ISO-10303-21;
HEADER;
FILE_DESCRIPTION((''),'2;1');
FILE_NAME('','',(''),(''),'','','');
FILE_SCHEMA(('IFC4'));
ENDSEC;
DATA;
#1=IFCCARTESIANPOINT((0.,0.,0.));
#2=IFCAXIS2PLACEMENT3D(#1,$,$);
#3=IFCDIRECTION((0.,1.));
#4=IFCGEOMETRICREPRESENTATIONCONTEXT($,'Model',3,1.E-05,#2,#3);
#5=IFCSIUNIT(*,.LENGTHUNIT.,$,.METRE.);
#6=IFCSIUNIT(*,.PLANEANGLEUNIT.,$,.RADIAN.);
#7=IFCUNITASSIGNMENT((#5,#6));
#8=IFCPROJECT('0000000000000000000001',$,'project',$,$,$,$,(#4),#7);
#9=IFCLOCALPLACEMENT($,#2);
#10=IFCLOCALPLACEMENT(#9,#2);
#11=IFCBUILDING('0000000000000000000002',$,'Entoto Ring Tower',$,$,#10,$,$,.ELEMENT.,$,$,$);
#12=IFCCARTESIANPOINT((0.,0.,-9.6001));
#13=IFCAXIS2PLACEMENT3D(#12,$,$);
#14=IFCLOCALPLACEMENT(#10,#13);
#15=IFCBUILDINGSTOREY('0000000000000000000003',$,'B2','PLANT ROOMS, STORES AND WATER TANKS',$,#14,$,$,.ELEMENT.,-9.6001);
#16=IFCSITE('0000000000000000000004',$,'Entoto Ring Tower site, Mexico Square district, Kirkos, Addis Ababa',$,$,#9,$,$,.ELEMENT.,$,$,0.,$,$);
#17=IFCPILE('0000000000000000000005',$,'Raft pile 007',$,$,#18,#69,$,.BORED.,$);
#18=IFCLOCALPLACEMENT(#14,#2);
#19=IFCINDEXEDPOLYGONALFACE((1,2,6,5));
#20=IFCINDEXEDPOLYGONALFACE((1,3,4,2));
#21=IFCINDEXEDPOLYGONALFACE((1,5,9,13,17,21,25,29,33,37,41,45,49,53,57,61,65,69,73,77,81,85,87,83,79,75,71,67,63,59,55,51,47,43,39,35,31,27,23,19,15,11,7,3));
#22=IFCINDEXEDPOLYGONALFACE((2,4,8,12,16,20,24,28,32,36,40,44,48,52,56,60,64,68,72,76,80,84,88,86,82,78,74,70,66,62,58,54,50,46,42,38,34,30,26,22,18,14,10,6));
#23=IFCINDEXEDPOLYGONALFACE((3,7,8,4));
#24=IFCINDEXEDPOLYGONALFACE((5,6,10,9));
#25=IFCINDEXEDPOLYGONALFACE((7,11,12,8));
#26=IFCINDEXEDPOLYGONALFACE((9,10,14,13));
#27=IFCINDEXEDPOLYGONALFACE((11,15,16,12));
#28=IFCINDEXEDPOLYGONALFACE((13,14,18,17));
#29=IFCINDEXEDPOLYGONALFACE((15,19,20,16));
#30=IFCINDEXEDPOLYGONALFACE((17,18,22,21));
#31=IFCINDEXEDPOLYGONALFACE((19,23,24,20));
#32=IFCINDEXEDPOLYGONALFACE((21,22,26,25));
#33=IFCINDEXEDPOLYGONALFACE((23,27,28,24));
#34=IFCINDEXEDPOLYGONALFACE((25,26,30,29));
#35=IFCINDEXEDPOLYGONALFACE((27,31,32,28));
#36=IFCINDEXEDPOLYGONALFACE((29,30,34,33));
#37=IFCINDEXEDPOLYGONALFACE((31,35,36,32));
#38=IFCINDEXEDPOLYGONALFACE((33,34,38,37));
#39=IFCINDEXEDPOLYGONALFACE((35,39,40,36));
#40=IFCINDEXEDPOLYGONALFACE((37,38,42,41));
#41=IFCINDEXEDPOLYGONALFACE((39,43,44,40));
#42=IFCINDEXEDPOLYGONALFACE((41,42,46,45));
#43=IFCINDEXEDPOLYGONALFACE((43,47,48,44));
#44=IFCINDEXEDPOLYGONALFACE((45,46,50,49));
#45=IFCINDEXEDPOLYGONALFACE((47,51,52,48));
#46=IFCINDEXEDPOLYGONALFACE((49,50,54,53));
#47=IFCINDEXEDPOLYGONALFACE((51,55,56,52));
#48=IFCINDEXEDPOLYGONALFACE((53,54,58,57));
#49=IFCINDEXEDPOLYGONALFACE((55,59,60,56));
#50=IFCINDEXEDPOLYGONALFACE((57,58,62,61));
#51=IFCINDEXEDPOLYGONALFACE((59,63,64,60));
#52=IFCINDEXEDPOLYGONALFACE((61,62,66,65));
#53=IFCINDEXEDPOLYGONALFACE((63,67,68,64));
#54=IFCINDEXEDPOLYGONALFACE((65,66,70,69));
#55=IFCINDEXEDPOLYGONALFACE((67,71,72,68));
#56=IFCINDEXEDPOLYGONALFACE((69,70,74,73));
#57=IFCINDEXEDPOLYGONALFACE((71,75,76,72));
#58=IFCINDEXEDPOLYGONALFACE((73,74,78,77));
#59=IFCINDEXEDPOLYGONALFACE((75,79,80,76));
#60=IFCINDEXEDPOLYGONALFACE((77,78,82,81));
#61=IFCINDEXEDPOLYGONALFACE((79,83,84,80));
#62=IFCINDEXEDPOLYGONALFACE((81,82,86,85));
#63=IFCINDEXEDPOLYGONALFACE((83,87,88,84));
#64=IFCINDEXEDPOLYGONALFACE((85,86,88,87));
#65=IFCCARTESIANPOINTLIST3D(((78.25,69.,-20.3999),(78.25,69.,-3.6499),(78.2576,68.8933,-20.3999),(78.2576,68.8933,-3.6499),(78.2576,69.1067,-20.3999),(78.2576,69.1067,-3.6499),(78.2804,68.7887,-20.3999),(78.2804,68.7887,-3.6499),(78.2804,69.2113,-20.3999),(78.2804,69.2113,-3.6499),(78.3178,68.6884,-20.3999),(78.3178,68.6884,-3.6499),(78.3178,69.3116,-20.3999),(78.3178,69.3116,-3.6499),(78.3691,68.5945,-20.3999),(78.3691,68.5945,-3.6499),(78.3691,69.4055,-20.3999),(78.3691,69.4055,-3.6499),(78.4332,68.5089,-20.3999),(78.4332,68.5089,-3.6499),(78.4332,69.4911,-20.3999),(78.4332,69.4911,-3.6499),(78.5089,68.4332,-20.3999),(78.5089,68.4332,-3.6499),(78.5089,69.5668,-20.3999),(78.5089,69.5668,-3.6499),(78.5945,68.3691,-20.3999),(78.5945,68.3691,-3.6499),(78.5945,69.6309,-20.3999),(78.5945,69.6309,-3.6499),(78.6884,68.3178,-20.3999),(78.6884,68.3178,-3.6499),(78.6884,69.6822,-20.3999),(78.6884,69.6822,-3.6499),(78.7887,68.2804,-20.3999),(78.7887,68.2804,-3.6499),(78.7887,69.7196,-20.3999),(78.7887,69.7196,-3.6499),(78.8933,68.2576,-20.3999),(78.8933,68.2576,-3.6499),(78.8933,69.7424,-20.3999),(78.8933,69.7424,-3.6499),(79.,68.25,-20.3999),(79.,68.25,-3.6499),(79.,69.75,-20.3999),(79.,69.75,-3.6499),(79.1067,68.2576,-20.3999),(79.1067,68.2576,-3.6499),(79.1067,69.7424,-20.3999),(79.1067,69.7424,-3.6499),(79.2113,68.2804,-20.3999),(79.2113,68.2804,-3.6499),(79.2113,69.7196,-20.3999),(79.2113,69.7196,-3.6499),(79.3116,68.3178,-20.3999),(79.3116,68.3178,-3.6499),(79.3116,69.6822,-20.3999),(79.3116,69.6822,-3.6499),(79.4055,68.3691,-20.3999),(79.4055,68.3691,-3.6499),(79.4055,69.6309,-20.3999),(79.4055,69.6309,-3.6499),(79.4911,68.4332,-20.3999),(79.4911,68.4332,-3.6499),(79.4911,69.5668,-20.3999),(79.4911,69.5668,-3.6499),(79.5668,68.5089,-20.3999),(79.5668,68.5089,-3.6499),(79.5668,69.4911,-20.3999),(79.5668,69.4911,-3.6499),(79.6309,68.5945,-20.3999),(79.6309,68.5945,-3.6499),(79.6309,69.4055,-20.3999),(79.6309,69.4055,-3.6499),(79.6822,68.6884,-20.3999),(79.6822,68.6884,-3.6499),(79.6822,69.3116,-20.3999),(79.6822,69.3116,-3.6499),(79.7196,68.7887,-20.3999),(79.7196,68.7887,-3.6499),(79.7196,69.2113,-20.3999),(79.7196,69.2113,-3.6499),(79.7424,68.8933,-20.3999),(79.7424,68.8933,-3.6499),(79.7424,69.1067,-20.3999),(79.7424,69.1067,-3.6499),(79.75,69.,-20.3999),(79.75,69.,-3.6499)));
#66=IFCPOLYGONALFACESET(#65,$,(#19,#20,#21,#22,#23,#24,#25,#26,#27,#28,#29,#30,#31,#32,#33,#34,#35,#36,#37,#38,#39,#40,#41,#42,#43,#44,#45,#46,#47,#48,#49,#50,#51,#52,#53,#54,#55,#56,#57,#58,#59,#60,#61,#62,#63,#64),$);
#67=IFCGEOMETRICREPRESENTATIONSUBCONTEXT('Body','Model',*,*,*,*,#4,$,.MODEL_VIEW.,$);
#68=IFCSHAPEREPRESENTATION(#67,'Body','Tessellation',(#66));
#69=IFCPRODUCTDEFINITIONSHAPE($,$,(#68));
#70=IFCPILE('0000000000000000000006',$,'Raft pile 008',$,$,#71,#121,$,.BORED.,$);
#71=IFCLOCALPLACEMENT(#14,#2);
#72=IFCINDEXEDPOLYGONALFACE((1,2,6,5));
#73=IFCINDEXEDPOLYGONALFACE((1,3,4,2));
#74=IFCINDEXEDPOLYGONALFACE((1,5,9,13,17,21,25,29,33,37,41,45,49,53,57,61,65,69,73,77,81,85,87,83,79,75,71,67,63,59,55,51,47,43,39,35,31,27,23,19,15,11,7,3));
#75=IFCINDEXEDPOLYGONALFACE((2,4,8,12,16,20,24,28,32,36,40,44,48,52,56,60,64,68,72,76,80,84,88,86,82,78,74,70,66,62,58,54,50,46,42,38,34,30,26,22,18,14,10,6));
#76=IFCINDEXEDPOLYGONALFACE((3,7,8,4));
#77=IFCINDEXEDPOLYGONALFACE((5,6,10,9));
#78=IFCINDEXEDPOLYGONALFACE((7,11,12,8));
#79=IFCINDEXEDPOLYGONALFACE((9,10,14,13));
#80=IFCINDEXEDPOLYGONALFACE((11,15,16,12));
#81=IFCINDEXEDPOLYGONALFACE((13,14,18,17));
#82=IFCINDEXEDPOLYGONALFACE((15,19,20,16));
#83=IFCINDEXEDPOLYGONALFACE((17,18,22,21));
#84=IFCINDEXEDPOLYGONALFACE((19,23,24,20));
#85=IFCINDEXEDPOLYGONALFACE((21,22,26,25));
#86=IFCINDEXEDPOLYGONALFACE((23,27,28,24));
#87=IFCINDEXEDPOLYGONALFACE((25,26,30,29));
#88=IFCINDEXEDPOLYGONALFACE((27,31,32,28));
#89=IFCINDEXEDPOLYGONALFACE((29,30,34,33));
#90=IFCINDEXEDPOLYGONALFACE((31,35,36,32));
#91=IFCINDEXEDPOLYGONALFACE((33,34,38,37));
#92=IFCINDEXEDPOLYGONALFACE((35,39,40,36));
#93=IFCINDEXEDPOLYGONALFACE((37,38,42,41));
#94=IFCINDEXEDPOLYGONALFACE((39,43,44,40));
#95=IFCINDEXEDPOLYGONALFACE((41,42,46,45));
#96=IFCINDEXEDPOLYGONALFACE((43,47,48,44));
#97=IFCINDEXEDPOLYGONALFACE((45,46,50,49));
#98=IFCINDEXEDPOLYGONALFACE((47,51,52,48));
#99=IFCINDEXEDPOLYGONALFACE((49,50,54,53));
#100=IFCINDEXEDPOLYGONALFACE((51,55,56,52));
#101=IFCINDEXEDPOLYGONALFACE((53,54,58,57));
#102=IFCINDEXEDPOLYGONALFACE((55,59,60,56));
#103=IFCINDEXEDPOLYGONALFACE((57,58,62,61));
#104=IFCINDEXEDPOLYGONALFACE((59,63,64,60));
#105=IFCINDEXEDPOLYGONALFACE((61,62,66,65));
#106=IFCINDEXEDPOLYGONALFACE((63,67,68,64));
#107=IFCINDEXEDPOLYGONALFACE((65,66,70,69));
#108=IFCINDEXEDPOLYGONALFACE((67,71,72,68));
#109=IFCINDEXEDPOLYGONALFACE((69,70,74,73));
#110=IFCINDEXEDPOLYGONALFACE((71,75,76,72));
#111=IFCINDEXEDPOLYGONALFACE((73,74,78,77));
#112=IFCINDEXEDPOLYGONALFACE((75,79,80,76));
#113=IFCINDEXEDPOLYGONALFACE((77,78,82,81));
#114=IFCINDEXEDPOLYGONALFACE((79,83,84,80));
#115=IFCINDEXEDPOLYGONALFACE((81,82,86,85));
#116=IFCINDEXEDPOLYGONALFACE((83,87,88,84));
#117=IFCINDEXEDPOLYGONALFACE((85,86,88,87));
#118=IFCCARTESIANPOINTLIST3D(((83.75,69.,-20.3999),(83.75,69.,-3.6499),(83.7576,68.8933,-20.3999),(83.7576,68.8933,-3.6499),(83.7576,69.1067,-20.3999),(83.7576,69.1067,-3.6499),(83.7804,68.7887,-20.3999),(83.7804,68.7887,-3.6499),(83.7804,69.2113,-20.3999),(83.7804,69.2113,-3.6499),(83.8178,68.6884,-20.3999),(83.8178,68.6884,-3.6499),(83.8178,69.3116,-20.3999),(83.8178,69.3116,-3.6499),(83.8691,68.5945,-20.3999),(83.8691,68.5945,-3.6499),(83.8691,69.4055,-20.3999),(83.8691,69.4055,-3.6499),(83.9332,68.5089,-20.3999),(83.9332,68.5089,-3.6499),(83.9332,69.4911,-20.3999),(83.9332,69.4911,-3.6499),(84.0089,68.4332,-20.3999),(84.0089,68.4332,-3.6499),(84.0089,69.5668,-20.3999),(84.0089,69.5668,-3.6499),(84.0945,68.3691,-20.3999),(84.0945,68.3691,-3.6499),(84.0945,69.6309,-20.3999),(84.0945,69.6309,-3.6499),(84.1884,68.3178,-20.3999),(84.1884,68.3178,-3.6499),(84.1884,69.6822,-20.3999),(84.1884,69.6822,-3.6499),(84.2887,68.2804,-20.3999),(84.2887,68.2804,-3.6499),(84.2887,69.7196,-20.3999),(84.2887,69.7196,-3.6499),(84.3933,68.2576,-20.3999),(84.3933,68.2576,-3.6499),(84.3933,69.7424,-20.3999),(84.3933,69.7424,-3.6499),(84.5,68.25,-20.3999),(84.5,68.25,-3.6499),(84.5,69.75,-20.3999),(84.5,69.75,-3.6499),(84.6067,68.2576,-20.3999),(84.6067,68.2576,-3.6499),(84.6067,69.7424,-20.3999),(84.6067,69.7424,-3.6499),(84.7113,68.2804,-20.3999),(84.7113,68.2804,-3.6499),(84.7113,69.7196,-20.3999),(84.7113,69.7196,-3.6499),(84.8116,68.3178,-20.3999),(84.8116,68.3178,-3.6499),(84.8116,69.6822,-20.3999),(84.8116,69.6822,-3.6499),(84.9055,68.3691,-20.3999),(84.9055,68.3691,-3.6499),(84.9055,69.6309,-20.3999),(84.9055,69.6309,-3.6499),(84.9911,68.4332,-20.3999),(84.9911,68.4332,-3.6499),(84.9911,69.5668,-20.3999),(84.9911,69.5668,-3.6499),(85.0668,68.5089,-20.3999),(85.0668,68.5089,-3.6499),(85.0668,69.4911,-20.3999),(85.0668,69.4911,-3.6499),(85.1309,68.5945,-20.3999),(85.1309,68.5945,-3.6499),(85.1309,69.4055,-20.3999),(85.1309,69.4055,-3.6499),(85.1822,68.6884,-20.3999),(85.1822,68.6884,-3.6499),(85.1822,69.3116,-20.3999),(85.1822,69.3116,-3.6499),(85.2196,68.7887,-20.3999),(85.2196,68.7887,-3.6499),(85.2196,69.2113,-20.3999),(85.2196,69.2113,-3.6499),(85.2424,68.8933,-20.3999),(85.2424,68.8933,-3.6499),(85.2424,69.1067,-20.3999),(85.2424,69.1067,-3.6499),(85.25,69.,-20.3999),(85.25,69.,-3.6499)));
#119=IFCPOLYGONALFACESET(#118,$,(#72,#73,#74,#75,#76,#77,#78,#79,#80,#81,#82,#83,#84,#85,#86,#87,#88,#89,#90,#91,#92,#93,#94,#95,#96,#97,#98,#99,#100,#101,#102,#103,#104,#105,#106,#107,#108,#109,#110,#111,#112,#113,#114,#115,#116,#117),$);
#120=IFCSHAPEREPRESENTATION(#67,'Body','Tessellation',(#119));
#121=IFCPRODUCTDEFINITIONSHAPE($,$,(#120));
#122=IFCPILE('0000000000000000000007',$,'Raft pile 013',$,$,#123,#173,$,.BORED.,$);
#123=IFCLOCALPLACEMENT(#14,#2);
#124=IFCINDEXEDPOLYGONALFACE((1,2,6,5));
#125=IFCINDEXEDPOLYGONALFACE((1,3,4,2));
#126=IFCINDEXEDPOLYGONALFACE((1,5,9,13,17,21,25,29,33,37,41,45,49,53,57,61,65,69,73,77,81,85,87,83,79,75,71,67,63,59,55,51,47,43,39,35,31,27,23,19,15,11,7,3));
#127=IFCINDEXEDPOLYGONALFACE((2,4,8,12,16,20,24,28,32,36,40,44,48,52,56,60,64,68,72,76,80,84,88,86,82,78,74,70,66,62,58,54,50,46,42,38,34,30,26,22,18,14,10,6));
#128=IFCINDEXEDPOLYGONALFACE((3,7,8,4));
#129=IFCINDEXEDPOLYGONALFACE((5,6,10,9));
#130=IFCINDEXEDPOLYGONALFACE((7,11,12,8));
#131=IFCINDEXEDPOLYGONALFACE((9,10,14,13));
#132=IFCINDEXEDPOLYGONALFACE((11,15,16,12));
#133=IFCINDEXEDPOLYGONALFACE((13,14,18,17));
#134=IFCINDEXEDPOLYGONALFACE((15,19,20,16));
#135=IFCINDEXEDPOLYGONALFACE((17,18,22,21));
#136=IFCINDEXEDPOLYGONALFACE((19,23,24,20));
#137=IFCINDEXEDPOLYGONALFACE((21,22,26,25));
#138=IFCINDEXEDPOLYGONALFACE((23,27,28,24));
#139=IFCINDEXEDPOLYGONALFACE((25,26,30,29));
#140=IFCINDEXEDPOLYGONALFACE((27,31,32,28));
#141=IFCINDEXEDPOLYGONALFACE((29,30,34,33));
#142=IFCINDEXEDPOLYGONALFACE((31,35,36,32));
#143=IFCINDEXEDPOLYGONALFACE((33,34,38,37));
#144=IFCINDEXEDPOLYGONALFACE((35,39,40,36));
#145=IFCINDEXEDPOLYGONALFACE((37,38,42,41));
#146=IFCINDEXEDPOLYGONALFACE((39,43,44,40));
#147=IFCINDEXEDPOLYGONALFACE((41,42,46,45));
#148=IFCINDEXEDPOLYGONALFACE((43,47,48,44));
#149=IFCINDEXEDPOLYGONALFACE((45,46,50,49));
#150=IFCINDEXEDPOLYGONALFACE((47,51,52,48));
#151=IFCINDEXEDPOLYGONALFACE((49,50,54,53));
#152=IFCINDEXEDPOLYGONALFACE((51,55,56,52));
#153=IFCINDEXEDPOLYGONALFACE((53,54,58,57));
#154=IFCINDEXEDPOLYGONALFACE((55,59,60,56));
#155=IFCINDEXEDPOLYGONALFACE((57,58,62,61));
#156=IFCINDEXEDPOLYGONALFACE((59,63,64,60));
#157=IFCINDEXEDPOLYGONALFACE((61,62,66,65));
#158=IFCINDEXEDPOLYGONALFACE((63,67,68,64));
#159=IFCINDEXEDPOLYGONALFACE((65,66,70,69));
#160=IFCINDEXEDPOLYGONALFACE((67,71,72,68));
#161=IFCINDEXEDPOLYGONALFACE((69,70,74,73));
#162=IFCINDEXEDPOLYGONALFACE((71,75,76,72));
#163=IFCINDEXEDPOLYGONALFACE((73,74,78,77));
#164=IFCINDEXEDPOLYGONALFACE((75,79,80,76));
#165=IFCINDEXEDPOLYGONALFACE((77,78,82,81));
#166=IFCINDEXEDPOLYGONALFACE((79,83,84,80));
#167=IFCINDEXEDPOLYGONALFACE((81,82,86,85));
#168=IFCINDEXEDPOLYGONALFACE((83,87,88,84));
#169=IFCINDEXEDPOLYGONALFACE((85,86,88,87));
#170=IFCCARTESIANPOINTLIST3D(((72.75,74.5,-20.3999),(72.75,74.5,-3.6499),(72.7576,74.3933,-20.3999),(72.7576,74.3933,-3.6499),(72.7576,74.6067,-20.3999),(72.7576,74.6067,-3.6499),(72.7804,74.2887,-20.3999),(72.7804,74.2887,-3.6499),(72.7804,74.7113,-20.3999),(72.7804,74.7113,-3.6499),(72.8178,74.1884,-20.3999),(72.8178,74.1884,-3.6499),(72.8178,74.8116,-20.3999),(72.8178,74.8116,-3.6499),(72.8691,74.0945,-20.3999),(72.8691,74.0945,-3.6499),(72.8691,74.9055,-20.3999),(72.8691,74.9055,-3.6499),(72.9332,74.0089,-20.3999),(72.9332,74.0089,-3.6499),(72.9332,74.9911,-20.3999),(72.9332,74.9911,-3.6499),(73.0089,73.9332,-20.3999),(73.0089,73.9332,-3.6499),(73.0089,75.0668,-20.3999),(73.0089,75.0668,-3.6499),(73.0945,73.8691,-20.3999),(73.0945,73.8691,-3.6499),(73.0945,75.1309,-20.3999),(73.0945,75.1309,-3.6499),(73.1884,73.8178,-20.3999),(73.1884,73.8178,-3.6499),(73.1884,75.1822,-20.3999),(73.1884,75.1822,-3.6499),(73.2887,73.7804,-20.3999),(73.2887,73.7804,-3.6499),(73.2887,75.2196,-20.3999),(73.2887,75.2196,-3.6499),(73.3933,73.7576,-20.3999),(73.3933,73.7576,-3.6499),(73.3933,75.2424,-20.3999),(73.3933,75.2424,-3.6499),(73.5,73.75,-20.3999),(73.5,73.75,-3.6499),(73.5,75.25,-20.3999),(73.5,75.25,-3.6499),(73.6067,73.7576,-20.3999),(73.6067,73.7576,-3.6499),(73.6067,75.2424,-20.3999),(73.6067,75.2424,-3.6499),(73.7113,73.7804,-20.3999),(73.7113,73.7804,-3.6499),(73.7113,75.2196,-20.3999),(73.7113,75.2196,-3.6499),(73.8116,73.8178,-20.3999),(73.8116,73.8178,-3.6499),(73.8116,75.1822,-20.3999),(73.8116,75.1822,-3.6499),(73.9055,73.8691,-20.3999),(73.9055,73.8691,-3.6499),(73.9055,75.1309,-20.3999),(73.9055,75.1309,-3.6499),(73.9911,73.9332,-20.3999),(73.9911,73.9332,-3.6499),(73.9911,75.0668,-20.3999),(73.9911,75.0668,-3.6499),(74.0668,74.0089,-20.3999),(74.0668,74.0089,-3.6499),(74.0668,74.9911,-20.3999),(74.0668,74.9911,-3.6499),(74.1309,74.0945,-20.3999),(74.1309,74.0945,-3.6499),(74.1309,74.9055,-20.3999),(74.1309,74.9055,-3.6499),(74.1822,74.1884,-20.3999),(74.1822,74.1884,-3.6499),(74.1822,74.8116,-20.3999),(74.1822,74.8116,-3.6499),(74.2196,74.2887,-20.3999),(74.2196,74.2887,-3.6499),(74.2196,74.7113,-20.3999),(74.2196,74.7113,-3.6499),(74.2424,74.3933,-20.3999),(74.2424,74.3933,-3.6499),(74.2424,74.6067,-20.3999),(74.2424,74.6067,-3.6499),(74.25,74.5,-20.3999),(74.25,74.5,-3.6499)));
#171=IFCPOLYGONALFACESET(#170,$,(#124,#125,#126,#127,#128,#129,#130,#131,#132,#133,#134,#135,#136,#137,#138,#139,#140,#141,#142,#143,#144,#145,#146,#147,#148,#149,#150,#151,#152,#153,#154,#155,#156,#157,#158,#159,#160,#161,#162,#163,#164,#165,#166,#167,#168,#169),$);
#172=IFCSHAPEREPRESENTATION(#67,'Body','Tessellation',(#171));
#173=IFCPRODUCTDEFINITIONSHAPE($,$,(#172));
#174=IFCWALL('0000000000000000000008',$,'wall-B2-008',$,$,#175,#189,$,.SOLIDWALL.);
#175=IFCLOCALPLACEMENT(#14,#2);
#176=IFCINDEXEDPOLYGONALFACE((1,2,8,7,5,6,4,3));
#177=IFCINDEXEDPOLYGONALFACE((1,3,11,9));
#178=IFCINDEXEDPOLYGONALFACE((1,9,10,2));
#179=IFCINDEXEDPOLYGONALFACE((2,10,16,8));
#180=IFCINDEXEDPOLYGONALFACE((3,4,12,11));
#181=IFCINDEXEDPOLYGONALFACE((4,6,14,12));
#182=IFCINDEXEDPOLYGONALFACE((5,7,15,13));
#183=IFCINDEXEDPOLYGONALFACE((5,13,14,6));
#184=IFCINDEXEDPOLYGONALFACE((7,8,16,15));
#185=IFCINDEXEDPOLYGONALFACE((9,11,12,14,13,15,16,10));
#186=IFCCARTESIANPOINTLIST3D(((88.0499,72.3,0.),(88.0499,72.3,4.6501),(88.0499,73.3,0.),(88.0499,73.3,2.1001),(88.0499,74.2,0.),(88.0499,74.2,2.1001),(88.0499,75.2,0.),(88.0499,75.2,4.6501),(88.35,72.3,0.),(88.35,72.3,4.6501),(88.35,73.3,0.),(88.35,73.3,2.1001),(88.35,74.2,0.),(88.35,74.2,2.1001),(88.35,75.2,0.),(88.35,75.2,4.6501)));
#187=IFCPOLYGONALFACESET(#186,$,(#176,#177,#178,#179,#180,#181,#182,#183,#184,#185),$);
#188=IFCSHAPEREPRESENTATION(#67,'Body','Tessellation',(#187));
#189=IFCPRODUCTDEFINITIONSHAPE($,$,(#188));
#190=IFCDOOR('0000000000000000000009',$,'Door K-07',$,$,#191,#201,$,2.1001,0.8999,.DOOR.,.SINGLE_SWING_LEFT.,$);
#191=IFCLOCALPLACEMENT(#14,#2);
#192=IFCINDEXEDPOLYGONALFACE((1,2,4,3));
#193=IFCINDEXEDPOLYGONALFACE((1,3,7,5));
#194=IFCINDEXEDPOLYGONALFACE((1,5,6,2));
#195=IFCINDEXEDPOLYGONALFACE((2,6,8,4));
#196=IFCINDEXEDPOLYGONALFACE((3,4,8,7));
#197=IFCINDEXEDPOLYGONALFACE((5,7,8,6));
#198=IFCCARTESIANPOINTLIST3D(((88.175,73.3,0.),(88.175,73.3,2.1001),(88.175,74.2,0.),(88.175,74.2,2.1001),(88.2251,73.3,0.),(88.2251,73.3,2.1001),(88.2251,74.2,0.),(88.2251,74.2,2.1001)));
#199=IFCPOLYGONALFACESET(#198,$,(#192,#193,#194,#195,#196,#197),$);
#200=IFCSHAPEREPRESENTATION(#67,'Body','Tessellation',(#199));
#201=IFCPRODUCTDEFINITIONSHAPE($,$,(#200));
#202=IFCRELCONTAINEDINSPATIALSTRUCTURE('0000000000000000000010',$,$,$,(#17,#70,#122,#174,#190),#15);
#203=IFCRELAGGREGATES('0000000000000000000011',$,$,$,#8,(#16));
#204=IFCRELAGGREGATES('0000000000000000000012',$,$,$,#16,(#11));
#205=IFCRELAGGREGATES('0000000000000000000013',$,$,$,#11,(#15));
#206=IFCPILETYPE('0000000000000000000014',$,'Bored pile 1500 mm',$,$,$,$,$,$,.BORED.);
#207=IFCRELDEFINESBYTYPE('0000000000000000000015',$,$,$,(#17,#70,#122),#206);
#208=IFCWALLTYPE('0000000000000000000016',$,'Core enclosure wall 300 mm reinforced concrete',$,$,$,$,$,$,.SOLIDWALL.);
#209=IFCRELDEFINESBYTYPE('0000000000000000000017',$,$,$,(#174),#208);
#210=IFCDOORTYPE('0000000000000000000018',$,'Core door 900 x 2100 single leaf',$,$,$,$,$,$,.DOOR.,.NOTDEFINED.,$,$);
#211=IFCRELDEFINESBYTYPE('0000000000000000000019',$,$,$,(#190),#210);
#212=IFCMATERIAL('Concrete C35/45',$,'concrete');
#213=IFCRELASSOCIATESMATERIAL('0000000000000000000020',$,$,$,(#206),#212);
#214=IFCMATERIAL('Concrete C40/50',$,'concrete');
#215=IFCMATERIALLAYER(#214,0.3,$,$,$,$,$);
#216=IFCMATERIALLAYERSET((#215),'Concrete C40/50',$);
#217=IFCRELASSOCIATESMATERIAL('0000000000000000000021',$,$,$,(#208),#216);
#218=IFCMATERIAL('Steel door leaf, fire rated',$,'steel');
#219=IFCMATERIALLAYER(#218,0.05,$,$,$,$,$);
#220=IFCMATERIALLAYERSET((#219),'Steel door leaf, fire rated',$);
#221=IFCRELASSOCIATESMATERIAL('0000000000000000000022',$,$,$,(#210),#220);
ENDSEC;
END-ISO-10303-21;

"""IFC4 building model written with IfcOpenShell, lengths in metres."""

from ifc_helpers import new_model, si_unit, direction, frame, frame_2d, origin, origin_2d, place, context, subcontext, project, spatial, rectangle, circle, extrude, material, layer, layer_set, material_profile, profile_set, type_object, element, fill, save


model = new_model("IFC4")

# Units and contexts
model_context = context("Model", 3, precision=1e-05, world=origin(), true_north=direction((0.0, 1.0)))
body_context = subcontext(model_context, "Body", "Model", "MODEL_VIEW")
ifc_project = project(units=[si_unit("LENGTHUNIT", "METRE"), si_unit("PLANEANGLEUNIT", "RADIAN")], contexts=[model_context])

# Site, building, storey
site_placement = place(None, origin())
site = spatial("IfcSite", under=ifc_project, at=site_placement, Name="Entoto Ring Tower site, Mexico Square district, Kirkos, Addis Ababa", CompositionType="ELEMENT", RefElevation=0.0)
building_placement = place(site_placement, origin())
building = spatial("IfcBuilding", under=site, at=building_placement, Name="Entoto Ring Tower", CompositionType="ELEMENT")
storey_placement = place(building_placement, frame((0.0, 0.0, -9.6001)))
storey = spatial("IfcBuildingStorey", under=building, at=storey_placement, Name="B2", Description="PLANT ROOMS, STORES AND WATER TANKS", CompositionType="ELEMENT", Elevation=-9.6001)

# Piles
ifc_material_1 = material(Name="Concrete C35/45", Category="concrete")
ifc_material_profile = material_profile(ifc_material_1, circle(Radius=0.75, at=origin_2d()), Name="Bored pile 1500 mm")
ifc_profile_set = profile_set([ifc_material_profile], Name="Concrete C35/45")
pile_type = type_object("IfcPileType", Name="Bored pile 1500 mm", PredefinedType="BORED", material=ifc_profile_set)
for number, where, z_axis, x_axis, name in (
    (1, (79.0, 69.0, -3.6499), (0.0, 0.0, -1.0), (1.0, 0.0, 0.0), "Raft pile 007"),
    (2, (84.5, 69.0, -3.6499), (0.0, 0.0, -1.0), (1.0, 0.0, 0.0), "Raft pile 008"),
    (3, (73.5, 74.5, -3.6499), (0.0, 0.0, -1.0), (1.0, 0.0, 0.0), "Raft pile 013"),
):
    element("IfcPile", number, at=place(storey_placement, frame(where, z_axis=z_axis, x_axis=x_axis)), inside=storey, type_object=pile_type, Name=name, PredefinedType="BORED", context=body_context, shape_type="SweptSolid", body=[
        extrude(circle(Radius=0.75, at=origin_2d()), origin(), (0.0, 0.0, 1.0), 16.75),
    ])

# Wall, opening, door
ifc_material_2 = material(Name="Concrete C40/50", Category="concrete")
ifc_layer_1 = layer(ifc_material_2, 0.3)
ifc_layer_set_1 = layer_set([ifc_layer_1], Name="Concrete C40/50")
wall_type_1 = type_object("IfcWallType", Name="Core enclosure wall 300 mm reinforced concrete", PredefinedType="SOLIDWALL", material=ifc_layer_set_1)
wall_1_placement = place(storey_placement, frame((88.2, 72.3, 0.0), z_axis=(0.0, 0.0, 1.0), x_axis=(0.0, 1.0, 0.0)))
wall_1 = element("IfcWall", 4, at=wall_1_placement, inside=storey, type_object=wall_type_1, Name="wall-B2-008", PredefinedType="SOLIDWALL", context=body_context, shape_type="SweptSolid", body=[
    extrude(rectangle(XDim=2.8999, YDim=0.3, at=frame_2d((1.45, 0.0))), origin(), (0.0, 0.0, 1.0), 4.6501),
])
opening_1_placement = place(wall_1_placement, frame((1.0, 0.0, 0.0)))
opening_1 = element("IfcOpeningElement", 5, at=opening_1_placement, cuts=wall_1, PredefinedType="OPENING", context=body_context, shape_type="SweptSolid", body=[
    extrude(rectangle(XDim=0.8999, YDim=2.1001, at=frame_2d((0.45, 1.05))), frame((0.0, 0.1602, 0.0), z_axis=(0.0, -1.0, 0.0), x_axis=(1.0, 0.0, 0.0)), (0.0, 0.0, 1.0), 0.3201),
])
ifc_material_3 = material(Name="Steel door leaf, fire rated", Category="steel")
ifc_layer_2 = layer(ifc_material_3, 0.05)
ifc_layer_set_2 = layer_set([ifc_layer_2], Name="Steel door leaf, fire rated")
door_type_1 = type_object("IfcDoorType", Name="Core door 900 x 2100 single leaf", OperationType="NOTDEFINED", PredefinedType="DOOR", material=ifc_layer_set_2)
door_1_placement = place(opening_1_placement, origin())
door_1 = element("IfcDoor", 6, at=door_1_placement, inside=storey, type_object=door_type_1, Name="Door K-07", OperationType="SINGLE_SWING_LEFT", OverallHeight=2.1001, OverallWidth=0.8999, PredefinedType="DOOR", context=body_context, shape_type="SweptSolid", body=[
    extrude(rectangle(XDim=0.8999, YDim=2.1001, at=frame_2d((0.45, 1.05))), frame((0.0, 0.0249, 0.0), z_axis=(0.0, -1.0, 0.0), x_axis=(1.0, 0.0, 0.0)), (0.0, 0.0, 1.0), 0.05),
])
fill(opening_1, door_1)

save(model, "model.ifc")
